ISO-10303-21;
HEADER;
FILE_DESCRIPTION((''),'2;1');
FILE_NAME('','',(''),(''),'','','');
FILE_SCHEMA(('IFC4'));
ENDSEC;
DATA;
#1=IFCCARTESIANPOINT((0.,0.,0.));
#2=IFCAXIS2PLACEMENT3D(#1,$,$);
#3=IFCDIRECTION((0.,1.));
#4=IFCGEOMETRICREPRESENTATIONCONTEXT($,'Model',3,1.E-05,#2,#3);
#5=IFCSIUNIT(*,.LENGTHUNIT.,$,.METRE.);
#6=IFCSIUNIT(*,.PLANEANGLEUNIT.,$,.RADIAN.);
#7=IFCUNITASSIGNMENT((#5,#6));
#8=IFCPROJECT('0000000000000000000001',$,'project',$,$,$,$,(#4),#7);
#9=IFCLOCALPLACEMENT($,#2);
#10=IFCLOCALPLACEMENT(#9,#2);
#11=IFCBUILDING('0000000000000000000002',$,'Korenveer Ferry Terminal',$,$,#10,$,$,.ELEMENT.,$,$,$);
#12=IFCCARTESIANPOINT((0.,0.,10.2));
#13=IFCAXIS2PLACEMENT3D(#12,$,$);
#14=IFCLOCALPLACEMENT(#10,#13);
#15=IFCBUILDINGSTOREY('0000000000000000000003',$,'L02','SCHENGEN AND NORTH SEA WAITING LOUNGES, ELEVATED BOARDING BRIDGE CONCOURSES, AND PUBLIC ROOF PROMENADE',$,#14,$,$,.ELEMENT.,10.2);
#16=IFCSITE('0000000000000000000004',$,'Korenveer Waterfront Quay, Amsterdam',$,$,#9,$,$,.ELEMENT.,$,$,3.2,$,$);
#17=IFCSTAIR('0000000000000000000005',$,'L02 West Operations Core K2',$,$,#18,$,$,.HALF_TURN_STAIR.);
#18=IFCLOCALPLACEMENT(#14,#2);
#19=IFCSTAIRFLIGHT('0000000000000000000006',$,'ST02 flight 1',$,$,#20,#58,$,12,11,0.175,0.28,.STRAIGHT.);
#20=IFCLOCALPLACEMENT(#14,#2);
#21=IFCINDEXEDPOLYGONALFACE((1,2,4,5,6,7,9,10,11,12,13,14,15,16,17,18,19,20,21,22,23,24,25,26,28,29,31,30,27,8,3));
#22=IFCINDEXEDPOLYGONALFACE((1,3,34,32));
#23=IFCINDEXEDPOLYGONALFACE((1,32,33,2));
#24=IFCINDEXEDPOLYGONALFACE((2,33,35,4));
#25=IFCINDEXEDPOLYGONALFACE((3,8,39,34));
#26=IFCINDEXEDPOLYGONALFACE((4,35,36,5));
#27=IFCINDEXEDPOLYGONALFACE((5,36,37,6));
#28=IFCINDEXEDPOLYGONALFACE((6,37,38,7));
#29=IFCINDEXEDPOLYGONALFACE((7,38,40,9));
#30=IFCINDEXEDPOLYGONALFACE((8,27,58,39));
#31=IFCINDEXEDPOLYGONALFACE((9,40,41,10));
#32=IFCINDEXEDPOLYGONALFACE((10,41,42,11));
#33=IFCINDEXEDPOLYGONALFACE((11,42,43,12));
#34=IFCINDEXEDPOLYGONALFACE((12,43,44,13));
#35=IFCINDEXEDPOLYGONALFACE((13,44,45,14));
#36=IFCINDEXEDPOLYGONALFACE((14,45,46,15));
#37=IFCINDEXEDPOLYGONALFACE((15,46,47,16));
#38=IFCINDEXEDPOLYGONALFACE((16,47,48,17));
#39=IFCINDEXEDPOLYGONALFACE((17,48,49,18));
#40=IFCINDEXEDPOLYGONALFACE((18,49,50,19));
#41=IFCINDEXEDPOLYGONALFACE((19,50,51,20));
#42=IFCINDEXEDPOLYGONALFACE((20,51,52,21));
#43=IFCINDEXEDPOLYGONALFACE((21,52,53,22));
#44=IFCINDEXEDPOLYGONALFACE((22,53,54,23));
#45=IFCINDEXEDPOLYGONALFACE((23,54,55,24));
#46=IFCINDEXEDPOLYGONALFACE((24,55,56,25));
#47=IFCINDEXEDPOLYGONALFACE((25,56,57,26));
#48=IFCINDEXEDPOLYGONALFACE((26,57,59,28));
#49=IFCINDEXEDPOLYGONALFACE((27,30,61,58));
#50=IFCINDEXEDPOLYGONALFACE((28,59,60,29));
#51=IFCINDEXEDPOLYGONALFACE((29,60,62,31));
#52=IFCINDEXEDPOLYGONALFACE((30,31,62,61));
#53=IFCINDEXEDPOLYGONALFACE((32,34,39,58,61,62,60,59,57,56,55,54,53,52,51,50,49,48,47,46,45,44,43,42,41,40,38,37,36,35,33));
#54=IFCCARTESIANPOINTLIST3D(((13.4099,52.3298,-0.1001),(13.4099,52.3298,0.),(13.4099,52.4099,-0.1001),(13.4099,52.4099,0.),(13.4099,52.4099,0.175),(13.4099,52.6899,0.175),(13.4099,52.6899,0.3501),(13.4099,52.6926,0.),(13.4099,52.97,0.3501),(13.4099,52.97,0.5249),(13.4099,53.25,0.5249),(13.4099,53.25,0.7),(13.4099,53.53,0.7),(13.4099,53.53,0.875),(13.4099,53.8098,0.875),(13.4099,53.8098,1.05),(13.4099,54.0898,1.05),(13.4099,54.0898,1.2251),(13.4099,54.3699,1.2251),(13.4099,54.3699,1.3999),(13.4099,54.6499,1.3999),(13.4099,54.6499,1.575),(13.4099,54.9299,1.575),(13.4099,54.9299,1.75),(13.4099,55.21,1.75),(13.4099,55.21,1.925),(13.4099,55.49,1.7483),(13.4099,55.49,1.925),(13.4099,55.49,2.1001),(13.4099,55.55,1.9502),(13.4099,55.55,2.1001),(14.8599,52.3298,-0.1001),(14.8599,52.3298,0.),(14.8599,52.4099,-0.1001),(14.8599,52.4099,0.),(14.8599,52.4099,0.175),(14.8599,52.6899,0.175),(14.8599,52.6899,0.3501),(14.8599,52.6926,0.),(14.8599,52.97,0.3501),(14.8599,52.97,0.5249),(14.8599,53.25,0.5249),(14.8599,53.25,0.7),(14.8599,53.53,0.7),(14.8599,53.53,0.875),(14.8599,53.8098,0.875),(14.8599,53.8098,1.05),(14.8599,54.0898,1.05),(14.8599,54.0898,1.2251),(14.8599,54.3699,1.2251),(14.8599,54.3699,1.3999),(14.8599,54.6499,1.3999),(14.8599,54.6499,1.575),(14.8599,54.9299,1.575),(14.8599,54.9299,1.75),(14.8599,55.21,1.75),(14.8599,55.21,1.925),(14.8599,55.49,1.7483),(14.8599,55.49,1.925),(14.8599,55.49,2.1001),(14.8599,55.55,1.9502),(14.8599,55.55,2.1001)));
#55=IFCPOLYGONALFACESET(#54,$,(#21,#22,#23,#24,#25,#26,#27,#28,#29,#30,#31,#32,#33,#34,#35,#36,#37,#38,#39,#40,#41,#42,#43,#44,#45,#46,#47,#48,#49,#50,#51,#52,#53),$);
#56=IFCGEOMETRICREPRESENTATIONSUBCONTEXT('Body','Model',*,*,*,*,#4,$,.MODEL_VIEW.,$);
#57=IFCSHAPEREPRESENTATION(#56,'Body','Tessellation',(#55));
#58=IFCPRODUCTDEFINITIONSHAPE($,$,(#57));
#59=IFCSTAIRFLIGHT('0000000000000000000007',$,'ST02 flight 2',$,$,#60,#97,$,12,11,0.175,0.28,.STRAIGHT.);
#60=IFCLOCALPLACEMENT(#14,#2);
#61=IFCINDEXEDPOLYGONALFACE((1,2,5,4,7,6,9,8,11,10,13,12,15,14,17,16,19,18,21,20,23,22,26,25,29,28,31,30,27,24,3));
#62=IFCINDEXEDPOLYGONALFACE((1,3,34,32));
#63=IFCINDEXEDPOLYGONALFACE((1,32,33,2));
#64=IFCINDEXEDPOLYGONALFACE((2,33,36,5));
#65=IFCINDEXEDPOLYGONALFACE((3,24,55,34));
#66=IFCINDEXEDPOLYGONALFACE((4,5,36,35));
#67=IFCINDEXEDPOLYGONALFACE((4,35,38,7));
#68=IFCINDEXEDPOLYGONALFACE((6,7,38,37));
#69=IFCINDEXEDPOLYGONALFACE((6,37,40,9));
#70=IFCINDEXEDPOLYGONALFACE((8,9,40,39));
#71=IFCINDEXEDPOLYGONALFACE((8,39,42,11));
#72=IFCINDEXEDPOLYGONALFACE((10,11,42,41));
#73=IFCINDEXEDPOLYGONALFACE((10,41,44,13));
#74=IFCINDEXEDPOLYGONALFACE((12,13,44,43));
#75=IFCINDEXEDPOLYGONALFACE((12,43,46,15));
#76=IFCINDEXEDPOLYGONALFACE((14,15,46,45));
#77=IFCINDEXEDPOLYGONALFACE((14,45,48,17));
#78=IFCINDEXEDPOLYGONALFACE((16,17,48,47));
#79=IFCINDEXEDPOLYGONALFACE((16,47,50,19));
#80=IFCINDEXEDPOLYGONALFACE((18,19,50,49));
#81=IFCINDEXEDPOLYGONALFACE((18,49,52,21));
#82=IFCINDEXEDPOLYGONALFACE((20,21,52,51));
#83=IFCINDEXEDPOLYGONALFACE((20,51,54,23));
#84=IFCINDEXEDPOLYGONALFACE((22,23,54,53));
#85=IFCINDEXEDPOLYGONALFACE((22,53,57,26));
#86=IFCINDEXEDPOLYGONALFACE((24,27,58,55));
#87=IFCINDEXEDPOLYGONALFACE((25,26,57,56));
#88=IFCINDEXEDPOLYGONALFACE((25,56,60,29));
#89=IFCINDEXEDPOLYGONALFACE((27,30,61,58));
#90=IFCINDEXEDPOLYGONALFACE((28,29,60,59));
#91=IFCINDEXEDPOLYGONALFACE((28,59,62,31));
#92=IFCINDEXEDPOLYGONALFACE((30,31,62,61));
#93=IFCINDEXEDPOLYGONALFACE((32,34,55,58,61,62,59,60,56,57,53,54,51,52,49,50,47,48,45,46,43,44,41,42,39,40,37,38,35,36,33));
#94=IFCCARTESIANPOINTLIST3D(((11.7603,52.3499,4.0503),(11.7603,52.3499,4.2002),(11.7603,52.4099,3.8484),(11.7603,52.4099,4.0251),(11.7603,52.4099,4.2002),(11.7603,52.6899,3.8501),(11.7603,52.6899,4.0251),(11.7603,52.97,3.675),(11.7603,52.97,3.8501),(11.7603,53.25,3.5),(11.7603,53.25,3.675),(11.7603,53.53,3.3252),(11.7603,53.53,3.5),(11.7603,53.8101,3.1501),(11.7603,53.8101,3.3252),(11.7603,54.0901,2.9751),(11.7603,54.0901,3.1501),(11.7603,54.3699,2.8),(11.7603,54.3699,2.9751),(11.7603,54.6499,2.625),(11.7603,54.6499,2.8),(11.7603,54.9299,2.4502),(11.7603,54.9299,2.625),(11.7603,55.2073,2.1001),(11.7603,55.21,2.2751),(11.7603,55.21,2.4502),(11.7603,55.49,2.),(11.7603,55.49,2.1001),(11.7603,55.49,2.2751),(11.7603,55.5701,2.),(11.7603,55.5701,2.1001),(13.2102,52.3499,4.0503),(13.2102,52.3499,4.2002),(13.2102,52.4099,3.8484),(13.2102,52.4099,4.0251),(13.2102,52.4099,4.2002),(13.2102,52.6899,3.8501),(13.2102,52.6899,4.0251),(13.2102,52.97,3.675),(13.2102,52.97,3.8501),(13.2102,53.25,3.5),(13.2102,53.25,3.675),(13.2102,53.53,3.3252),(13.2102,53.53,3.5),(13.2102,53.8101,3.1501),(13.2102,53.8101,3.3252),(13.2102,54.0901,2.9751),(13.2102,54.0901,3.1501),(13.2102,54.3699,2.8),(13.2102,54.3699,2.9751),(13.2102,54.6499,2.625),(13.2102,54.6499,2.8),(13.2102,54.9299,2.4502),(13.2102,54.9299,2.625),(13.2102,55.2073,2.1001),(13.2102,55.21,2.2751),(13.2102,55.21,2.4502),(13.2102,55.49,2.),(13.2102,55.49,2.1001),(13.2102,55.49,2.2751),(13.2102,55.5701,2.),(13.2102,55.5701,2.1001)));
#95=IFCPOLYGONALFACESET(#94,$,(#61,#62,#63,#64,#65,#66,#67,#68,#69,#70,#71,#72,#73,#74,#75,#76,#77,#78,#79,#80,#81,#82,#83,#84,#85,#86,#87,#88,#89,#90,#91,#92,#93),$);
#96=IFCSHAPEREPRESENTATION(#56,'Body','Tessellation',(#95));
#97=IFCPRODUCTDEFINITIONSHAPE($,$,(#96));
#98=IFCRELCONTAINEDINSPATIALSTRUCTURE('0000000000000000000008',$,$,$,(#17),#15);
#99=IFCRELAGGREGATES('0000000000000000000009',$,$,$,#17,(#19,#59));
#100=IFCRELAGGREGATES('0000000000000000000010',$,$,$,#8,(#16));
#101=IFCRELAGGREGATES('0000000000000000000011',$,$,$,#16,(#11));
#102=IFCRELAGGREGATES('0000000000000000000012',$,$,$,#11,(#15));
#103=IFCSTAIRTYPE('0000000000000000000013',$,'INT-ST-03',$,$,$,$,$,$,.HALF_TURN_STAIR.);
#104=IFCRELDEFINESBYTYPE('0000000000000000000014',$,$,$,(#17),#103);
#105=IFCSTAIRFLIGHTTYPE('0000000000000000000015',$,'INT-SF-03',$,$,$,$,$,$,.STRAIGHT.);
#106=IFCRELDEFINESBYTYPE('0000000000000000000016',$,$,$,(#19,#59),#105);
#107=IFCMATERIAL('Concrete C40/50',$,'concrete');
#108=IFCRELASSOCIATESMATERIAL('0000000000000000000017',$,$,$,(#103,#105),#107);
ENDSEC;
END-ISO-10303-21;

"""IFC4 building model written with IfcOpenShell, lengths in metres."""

from ifc_helpers import new_model, si_unit, direction, frame, origin, place, context, subcontext, project, spatial, polyline, outline, extrude, material, type_object, element, aggregate, save


model = new_model("IFC4")

# Units and contexts
model_context = context("Model", 3, precision=1e-05, world=origin(), true_north=direction((0.0, 1.0)))
body_context = subcontext(model_context, "Body", "Model", "MODEL_VIEW")
ifc_project = project(units=[si_unit("LENGTHUNIT", "METRE"), si_unit("PLANEANGLEUNIT", "RADIAN")], contexts=[model_context])

# Site, building, storey
site_placement = place(None, origin())
site = spatial("IfcSite", under=ifc_project, at=site_placement, Name="Korenveer Waterfront Quay, Amsterdam", CompositionType="ELEMENT", RefElevation=3.2)
building_placement = place(site_placement, origin())
building = spatial("IfcBuilding", under=site, at=building_placement, Name="Korenveer Ferry Terminal", CompositionType="ELEMENT")
storey_placement = place(building_placement, frame((0.0, 0.0, 10.2)))
storey = spatial("IfcBuildingStorey", under=building, at=storey_placement, Name="L02", Description="SCHENGEN AND NORTH SEA WAITING LOUNGES, ELEVATED BOARDING BRIDGE CONCOURSES, AND PUBLIC ROOF PROMENADE", CompositionType="ELEMENT", Elevation=10.2)

# Shared definitions
ifc_material_1 = material(Name="Concrete C40/50", Category="concrete")

# Stair, stair flights
stair_type = type_object("IfcStairType", Name="INT-ST-03", PredefinedType="HALF_TURN_STAIR", material=ifc_material_1)
stair_placement = place(storey_placement, frame((14.135, 52.4099, 0.0)))
stair = element("IfcStair", 1, at=stair_placement, inside=storey, type_object=stair_type, Name="L02 West Operations Core K2", PredefinedType="HALF_TURN_STAIR")
stair_flight_type = type_object("IfcStairFlightType", Name="INT-SF-03", PredefinedType="STRAIGHT", material=ifc_material_1)
stair_flight_1_placement = place(storey_placement, frame((14.135, 52.4099, 0.0), z_axis=(0.0, 0.0, 1.0), x_axis=(0.0, 1.0, 0.0)))
stair_flight_1 = element("IfcStairFlight", 2, at=stair_flight_1_placement, type_object=stair_flight_type, Name="ST02 flight 1", NumberOfRisers=12, NumberOfTreads=11, PredefinedType="STRAIGHT", RiserHeight=0.175, TreadLength=0.28, context=body_context, shape_type="SweptSolid", body=[
    extrude(outline(polyline([(-0.0801, 0.0), (0.0, 0.0), (0.0, 0.175), (0.28, 0.175), (0.28, 0.3501), (0.5601, 0.3501), (0.5601, 0.5249), (0.8401, 0.5249), (0.8401, 0.7), (1.1201, 0.7), (1.1201, 0.875), (1.3999, 0.875), (1.3999, 1.05), (1.6799, 1.05), (1.6799, 1.2251), (1.96, 1.2251), (1.96, 1.3999), (2.24, 1.3999), (2.24, 1.575), (2.52, 1.575), (2.52, 1.75), (2.8, 1.75), (2.8, 1.925), (3.0801, 1.925), (3.0801, 2.1001), (3.1401, 2.1001), (3.1401, 1.9502), (3.0801, 1.7483), (0.2827, 0.0), (0.0, -0.1001), (-0.0801, -0.1001), (-0.0801, 0.0)])), frame((0.0, 0.7251, 0.0), z_axis=(0.0, -1.0, 0.0), x_axis=(1.0, 0.0, 0.0)), (0.0, 0.0, 1.0), 1.45),
])
stair_flight_2_placement = place(storey_placement, frame((12.4851, 55.49, 2.1001), z_axis=(0.0, 0.0, 1.0), x_axis=(0.0, -1.0, 0.0)))
stair_flight_2 = element("IfcStairFlight", 3, at=stair_flight_2_placement, type_object=stair_flight_type, Name="ST02 flight 2", NumberOfRisers=12, NumberOfTreads=11, PredefinedType="STRAIGHT", RiserHeight=0.175, TreadLength=0.28, context=body_context, shape_type="SweptSolid", body=[
    extrude(outline(polyline([(-0.0801, 0.0), (0.0, 0.0), (0.0, 0.175), (0.28, 0.175), (0.28, 0.3501), (0.5601, 0.3501), (0.5601, 0.5249), (0.8401, 0.5249), (0.8401, 0.7), (1.1201, 0.7), (1.1201, 0.875), (1.3999, 0.875), (1.3999, 1.05), (1.6799, 1.05), (1.6799, 1.2251), (1.96, 1.2251), (1.96, 1.3999), (2.24, 1.3999), (2.24, 1.575), (2.52, 1.575), (2.52, 1.75), (2.8, 1.75), (2.8, 1.925), (3.0801, 1.925), (3.0801, 2.1001), (3.1401, 2.1001), (3.1401, 1.9502), (3.0801, 1.7483), (0.2827, 0.0), (0.0, -0.1001), (-0.0801, -0.1001), (-0.0801, 0.0)])), frame((0.0, 0.7251, 0.0), z_axis=(0.0, -1.0, 0.0), x_axis=(1.0, 0.0, 0.0)), (0.0, 0.0, 1.0), 1.45),
])
aggregate(stair, [stair_flight_1, stair_flight_2])

save(model, "model.ifc")
